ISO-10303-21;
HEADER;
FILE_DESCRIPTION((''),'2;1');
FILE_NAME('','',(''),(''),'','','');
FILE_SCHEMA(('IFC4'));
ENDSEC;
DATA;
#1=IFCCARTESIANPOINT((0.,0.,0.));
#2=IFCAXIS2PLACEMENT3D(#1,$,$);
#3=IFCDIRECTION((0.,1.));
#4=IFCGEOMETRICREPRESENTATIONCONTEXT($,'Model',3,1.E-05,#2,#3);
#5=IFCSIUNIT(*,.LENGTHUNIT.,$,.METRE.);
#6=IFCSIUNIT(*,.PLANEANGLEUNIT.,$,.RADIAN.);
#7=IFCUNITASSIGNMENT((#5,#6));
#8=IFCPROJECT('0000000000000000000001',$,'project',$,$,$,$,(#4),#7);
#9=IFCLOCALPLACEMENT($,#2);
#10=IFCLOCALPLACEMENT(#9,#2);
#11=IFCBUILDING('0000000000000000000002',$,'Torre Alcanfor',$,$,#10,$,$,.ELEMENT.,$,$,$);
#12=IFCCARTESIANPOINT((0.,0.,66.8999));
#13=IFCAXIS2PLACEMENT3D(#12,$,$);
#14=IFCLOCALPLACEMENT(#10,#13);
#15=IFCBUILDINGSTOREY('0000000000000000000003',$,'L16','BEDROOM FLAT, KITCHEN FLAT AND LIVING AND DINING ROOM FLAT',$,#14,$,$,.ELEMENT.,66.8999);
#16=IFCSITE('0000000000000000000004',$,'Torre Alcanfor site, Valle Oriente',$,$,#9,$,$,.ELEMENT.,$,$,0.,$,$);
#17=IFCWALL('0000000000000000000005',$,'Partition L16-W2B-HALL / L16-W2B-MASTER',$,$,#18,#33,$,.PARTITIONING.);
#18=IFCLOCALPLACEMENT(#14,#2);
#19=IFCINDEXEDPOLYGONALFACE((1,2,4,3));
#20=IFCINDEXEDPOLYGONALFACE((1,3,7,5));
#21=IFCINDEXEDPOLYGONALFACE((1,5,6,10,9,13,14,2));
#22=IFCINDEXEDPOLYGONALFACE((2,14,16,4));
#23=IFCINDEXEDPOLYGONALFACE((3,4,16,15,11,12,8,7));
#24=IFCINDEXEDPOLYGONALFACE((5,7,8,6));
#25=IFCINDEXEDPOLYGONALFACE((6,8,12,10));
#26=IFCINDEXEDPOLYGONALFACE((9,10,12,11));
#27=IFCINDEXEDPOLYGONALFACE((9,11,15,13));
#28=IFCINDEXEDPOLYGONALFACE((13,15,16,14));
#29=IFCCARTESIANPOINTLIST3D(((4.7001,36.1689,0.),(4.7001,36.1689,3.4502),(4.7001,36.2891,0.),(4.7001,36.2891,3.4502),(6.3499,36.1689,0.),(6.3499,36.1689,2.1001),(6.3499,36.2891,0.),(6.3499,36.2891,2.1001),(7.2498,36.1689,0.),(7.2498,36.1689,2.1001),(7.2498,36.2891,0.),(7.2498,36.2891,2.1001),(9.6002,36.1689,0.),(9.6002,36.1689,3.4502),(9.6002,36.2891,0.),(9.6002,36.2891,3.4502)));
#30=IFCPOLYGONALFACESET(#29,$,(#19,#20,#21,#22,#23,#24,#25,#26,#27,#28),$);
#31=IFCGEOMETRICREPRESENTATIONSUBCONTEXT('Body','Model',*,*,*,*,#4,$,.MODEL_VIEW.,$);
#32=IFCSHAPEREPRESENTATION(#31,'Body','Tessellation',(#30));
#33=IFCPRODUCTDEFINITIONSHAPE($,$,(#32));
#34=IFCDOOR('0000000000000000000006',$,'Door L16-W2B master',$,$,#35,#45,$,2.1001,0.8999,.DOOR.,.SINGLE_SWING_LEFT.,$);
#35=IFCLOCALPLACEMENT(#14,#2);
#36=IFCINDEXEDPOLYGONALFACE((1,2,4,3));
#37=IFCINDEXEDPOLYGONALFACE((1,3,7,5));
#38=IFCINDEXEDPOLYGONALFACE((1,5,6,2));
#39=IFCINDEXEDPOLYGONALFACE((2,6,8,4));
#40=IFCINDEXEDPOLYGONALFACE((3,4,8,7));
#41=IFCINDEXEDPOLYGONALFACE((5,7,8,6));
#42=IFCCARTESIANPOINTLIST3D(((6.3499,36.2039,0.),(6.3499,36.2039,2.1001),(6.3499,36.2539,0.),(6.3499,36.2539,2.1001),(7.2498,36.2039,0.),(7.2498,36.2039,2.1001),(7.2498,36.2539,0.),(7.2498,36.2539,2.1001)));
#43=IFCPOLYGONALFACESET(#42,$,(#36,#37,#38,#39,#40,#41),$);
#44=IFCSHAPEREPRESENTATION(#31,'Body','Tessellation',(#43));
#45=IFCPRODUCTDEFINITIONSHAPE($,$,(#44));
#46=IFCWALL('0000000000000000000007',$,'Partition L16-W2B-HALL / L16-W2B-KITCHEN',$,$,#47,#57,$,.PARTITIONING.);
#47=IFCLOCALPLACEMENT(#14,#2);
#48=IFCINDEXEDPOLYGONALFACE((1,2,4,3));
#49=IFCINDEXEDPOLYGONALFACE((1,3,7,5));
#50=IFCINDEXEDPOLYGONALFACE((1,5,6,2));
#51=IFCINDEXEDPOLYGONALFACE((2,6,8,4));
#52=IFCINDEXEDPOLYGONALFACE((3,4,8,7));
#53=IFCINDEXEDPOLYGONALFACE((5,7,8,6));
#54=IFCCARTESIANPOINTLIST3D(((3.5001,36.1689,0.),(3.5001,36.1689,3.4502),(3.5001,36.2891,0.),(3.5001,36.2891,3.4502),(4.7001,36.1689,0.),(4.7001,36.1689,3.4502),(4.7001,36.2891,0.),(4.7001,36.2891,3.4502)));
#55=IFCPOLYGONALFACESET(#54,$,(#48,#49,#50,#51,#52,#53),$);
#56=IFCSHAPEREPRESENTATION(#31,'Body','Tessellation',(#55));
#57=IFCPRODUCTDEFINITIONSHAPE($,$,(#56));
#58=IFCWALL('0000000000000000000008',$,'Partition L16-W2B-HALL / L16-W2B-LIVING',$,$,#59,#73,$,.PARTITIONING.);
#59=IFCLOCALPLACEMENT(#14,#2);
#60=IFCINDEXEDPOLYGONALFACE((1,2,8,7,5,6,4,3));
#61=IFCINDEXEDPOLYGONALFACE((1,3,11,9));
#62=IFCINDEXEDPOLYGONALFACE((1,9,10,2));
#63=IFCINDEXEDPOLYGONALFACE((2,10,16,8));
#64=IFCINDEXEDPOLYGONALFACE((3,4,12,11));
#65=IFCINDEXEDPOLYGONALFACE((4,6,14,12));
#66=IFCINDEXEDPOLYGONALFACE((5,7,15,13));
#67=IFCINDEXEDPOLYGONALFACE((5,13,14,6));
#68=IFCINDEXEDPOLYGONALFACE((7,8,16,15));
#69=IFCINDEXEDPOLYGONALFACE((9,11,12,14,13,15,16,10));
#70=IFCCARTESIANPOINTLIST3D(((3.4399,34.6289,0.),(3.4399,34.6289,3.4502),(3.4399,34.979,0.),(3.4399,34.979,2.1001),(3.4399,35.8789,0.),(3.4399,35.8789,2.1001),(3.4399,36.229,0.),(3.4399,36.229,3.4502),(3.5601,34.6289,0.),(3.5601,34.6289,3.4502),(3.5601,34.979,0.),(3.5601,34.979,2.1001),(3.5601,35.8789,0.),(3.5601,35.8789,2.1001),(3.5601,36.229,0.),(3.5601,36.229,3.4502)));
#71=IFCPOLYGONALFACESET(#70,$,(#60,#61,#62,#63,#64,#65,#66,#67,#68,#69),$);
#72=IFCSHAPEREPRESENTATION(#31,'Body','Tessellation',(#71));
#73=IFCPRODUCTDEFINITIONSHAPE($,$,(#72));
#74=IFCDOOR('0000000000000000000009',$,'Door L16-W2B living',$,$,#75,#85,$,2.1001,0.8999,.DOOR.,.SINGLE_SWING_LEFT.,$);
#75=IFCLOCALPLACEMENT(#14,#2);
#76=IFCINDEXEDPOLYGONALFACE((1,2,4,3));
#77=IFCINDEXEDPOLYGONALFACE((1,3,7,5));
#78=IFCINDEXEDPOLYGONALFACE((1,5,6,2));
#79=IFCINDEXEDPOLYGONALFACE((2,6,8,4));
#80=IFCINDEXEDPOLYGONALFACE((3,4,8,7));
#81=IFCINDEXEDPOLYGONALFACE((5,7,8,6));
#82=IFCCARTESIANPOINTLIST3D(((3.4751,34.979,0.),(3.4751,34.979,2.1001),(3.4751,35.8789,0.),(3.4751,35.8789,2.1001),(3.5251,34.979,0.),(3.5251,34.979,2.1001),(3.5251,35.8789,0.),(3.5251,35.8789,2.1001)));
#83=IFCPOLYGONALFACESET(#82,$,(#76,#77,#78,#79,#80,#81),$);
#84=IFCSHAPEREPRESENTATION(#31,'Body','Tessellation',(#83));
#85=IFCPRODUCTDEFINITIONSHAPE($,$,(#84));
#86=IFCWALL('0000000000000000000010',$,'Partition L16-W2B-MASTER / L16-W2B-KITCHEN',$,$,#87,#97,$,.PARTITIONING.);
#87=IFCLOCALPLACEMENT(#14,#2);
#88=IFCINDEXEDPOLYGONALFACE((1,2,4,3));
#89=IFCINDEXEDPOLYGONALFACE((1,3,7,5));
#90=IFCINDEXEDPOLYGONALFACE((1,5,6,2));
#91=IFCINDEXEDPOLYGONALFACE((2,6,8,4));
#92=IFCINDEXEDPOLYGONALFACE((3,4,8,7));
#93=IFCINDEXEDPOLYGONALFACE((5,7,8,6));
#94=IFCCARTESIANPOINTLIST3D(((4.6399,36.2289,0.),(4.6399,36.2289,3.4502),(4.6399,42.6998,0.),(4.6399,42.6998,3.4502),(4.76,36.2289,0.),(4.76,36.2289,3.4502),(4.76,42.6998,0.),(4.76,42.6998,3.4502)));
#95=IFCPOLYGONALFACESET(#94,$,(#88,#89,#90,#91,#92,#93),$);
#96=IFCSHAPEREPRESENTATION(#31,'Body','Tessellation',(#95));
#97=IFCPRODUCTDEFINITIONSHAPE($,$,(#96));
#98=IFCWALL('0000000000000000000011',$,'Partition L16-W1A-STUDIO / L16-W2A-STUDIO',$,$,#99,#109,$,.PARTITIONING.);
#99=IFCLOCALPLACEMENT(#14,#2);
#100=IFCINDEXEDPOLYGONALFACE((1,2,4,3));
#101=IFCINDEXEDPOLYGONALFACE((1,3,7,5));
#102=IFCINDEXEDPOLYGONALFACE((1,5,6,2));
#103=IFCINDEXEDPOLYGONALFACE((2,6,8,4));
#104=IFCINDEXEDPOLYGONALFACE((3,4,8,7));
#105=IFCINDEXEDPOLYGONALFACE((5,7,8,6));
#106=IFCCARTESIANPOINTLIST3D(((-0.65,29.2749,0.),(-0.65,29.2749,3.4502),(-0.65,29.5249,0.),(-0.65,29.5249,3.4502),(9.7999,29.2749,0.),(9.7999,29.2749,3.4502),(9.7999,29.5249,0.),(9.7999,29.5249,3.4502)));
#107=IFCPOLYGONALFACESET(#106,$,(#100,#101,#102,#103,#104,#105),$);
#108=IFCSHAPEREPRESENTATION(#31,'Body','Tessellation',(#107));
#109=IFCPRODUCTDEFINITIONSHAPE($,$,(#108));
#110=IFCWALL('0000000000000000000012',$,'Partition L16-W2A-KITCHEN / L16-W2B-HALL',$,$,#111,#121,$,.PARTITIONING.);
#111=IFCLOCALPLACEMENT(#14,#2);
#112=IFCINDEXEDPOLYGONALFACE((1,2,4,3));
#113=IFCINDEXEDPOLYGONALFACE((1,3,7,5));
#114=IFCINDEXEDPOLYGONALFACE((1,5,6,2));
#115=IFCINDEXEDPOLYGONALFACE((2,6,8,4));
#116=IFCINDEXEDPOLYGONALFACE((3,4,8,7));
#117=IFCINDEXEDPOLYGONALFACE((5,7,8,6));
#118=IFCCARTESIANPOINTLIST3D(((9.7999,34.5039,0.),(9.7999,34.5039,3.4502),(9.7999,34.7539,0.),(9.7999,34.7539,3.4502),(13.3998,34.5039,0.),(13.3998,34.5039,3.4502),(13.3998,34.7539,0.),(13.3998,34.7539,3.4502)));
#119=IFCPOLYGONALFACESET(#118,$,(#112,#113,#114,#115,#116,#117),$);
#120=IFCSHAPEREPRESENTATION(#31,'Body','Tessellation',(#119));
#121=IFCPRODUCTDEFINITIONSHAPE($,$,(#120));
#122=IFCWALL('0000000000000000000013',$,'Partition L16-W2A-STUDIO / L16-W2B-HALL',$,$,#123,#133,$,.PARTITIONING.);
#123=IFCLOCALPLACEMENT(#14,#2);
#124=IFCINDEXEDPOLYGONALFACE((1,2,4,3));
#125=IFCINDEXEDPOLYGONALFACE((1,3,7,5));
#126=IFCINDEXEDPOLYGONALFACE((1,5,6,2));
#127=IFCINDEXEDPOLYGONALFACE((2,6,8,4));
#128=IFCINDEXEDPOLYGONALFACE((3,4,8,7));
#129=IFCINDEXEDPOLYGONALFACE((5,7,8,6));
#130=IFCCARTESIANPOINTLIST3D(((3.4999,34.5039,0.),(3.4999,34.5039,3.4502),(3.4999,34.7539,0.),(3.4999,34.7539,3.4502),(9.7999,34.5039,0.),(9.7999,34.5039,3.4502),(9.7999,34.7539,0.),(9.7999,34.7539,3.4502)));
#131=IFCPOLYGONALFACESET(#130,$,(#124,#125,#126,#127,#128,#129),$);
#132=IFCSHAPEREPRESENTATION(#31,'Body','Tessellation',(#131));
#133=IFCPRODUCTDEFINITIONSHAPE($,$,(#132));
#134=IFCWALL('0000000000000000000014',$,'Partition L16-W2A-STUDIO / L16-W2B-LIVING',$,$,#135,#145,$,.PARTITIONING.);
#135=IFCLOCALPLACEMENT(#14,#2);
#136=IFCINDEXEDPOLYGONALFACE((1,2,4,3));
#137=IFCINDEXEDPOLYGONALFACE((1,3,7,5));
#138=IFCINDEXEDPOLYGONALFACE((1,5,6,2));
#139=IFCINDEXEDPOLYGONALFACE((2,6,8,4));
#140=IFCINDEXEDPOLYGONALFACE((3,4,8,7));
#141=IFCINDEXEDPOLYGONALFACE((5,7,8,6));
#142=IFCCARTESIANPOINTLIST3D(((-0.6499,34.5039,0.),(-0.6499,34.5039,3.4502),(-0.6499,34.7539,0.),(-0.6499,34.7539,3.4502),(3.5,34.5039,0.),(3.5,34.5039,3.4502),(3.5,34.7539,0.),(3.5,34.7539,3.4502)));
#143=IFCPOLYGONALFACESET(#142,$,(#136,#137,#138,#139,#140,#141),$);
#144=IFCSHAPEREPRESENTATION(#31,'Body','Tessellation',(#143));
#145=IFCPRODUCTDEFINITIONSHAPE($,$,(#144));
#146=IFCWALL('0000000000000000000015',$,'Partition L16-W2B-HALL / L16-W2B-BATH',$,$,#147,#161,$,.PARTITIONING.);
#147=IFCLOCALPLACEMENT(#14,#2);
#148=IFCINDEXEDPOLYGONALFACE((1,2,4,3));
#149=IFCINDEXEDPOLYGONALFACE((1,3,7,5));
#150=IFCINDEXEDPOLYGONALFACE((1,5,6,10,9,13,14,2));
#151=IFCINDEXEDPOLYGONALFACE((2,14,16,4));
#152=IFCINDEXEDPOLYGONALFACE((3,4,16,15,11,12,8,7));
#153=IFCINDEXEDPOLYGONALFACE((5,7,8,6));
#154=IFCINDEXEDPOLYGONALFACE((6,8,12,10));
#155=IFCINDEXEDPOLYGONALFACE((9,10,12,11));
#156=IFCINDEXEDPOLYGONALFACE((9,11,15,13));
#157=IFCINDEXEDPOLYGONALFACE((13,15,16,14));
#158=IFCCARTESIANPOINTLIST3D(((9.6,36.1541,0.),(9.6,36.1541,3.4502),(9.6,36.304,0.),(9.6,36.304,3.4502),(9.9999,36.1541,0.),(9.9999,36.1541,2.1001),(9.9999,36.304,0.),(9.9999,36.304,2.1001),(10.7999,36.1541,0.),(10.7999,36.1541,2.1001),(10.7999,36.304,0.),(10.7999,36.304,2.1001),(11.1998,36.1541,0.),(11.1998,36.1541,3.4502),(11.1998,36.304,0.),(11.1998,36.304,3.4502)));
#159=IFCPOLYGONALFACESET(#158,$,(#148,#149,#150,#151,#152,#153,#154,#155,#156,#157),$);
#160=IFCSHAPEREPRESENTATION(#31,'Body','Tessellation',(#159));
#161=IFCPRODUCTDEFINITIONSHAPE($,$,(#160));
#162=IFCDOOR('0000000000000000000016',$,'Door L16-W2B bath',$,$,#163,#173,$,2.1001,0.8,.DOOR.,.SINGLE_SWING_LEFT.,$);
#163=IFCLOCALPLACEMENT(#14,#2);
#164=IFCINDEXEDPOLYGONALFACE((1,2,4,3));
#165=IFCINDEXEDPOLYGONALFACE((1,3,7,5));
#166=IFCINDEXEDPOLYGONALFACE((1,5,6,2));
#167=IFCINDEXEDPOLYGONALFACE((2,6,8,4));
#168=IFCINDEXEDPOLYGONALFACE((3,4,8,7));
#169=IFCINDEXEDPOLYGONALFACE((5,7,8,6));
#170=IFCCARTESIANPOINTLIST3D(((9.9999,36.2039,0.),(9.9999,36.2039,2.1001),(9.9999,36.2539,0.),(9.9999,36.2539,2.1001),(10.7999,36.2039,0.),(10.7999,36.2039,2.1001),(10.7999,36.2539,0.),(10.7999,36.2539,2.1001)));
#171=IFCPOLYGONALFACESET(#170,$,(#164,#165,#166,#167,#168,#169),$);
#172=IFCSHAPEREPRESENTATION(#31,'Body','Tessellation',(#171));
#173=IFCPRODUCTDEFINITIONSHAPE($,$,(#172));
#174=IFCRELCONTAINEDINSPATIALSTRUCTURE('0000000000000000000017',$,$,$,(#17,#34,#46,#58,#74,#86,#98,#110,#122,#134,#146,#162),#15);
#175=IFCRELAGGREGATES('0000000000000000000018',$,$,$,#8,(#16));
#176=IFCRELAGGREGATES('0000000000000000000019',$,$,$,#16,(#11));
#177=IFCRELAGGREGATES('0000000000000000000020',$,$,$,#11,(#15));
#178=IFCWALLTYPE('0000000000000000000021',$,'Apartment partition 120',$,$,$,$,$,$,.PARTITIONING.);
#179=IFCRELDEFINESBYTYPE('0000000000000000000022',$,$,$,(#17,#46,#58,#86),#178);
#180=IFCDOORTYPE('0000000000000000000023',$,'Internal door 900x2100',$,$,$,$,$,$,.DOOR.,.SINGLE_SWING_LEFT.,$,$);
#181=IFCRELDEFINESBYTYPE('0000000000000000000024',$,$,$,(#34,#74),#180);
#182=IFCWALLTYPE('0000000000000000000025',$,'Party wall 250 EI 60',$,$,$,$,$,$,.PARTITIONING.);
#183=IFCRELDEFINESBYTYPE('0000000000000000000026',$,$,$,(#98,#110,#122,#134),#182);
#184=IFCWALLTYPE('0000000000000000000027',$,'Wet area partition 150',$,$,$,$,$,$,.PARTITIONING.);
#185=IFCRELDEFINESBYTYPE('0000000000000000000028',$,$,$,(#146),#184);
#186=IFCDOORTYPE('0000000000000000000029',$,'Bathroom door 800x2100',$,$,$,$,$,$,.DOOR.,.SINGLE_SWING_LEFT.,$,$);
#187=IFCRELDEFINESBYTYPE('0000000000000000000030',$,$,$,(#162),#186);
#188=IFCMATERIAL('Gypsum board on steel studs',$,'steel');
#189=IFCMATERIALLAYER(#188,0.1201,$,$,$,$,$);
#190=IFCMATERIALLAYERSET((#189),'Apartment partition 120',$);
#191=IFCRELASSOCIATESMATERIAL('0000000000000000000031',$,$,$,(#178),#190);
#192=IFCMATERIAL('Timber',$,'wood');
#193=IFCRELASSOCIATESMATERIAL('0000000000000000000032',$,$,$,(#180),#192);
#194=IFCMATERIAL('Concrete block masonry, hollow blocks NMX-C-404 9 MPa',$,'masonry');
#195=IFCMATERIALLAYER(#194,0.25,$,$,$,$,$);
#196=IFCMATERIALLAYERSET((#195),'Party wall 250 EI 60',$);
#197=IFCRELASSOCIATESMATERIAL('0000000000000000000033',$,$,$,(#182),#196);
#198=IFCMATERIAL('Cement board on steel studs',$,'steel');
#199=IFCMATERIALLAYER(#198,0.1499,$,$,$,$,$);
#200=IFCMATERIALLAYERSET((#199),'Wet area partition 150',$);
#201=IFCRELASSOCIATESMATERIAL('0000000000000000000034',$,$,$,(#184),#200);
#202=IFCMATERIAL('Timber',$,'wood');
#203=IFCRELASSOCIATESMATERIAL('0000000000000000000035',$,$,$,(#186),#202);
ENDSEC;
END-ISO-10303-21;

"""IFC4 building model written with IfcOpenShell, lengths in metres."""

from ifc_helpers import new_model, si_unit, direction, frame, frame_2d, origin, place, context, subcontext, project, spatial, rectangle, extrude, material, layer, layer_set, type_object, element, fill, save


model = new_model("IFC4")

# Units and contexts
model_context = context("Model", 3, precision=1e-05, world=origin(), true_north=direction((0.0, 1.0)))
body_context = subcontext(model_context, "Body", "Model", "MODEL_VIEW")
ifc_project = project(units=[si_unit("LENGTHUNIT", "METRE"), si_unit("PLANEANGLEUNIT", "RADIAN")], contexts=[model_context])

# Site, building, storey
site_placement = place(None, origin())
site = spatial("IfcSite", under=ifc_project, at=site_placement, Name="Torre Alcanfor site, Valle Oriente", CompositionType="ELEMENT", RefElevation=0.0)
building_placement = place(site_placement, origin())
building = spatial("IfcBuilding", under=site, at=building_placement, Name="Torre Alcanfor", CompositionType="ELEMENT")
storey_placement = place(building_placement, frame((0.0, 0.0, 66.8999)))
storey = spatial("IfcBuildingStorey", under=building, at=storey_placement, Name="L16", Description="BEDROOM FLAT, KITCHEN FLAT AND LIVING AND DINING ROOM FLAT", CompositionType="ELEMENT", Elevation=66.8999)

# Wall, opening, door
ifc_material_1 = material(Name="Gypsum board on steel studs", Category="steel")
ifc_layer_1 = layer(ifc_material_1, 0.1201)
ifc_layer_set_1 = layer_set([ifc_layer_1], Name="Apartment partition 120")
wall_type_1 = type_object("IfcWallType", Name="Apartment partition 120", PredefinedType="PARTITIONING", material=ifc_layer_set_1)
ifc_material_2 = material(Name="Timber", Category="wood")
door_type_1 = type_object("IfcDoorType", Name="Internal door 900x2100", OperationType="SINGLE_SWING_LEFT", PredefinedType="DOOR", material=ifc_material_2)
wall_1_placement = place(storey_placement, frame((4.7, 36.229, 0.0), z_axis=(0.0, 0.0, 1.0), x_axis=(1.0, 0.0, 0.0)))
wall_1 = element("IfcWall", 1, at=wall_1_placement, inside=storey, type_object=wall_type_1, Name="Partition L16-W2B-HALL / L16-W2B-MASTER", PredefinedType="PARTITIONING", context=body_context, shape_type="SweptSolid", body=[
    extrude(rectangle(XDim=4.9001, YDim=0.1201, at=frame_2d((2.4502, 0.0))), origin(), (0.0, 0.0, 1.0), 3.4502),
])
opening_1_placement = place(wall_1_placement, frame((1.6499, 0.0, 0.0)))
opening_1 = element("IfcOpeningElement", 2, at=opening_1_placement, cuts=wall_1, PredefinedType="OPENING", context=body_context, shape_type="SweptSolid", body=[
    extrude(rectangle(XDim=0.8999, YDim=2.1001, at=frame_2d((0.45, 1.05))), frame((0.0, 0.0701, 0.0), z_axis=(0.0, -1.0, 0.0), x_axis=(1.0, 0.0, 0.0)), (0.0, 0.0, 1.0), 0.1401),
])
door_1_placement = place(opening_1_placement, origin())
door_1 = element("IfcDoor", 3, at=door_1_placement, inside=storey, type_object=door_type_1, Name="Door L16-W2B master", OperationType="SINGLE_SWING_LEFT", OverallHeight=2.1001, OverallWidth=0.8999, PredefinedType="DOOR", context=body_context, shape_type="SweptSolid", body=[
    extrude(rectangle(XDim=0.8999, YDim=2.1001, at=frame_2d((0.45, 1.05))), frame((0.0, 0.0249, 0.0), z_axis=(0.0, -1.0, 0.0), x_axis=(1.0, 0.0, 0.0)), (0.0, 0.0, 1.0), 0.05),
])
fill(opening_1, door_1)

# Wall
wall_2_placement = place(storey_placement, frame((3.5, 36.229, 0.0), z_axis=(0.0, 0.0, 1.0), x_axis=(1.0, 0.0, 0.0)))
element("IfcWall", 4, at=wall_2_placement, inside=storey, type_object=wall_type_1, Name="Partition L16-W2B-HALL / L16-W2B-KITCHEN", PredefinedType="PARTITIONING", context=body_context, shape_type="SweptSolid", body=[
    extrude(rectangle(XDim=1.2, YDim=0.1201, at=frame_2d((0.6001, 0.0))), origin(), (0.0, 0.0, 1.0), 3.4502),
])

# Wall, opening, door
wall_3_placement = place(storey_placement, frame((3.5, 34.6289, 0.0), z_axis=(0.0, 0.0, 1.0), x_axis=(0.0, 1.0, 0.0)))
wall_3 = element("IfcWall", 5, at=wall_3_placement, inside=storey, type_object=wall_type_1, Name="Partition L16-W2B-HALL / L16-W2B-LIVING", PredefinedType="PARTITIONING", context=body_context, shape_type="SweptSolid", body=[
    extrude(rectangle(XDim=1.6001, YDim=0.1201, at=frame_2d((0.8, 0.0))), origin(), (0.0, 0.0, 1.0), 3.4502),
])
opening_2_placement = place(wall_3_placement, frame((0.3501, 0.0, 0.0)))
opening_2 = element("IfcOpeningElement", 6, at=opening_2_placement, cuts=wall_3, PredefinedType="OPENING", context=body_context, shape_type="SweptSolid", body=[
    extrude(rectangle(XDim=0.8999, YDim=2.1001, at=frame_2d((0.45, 1.05))), frame((0.0, 0.0701, 0.0), z_axis=(0.0, -1.0, 0.0), x_axis=(1.0, 0.0, 0.0)), (0.0, 0.0, 1.0), 0.1401),
])
door_2_placement = place(opening_2_placement, origin())
door_2 = element("IfcDoor", 7, at=door_2_placement, inside=storey, type_object=door_type_1, Name="Door L16-W2B living", OperationType="SINGLE_SWING_LEFT", OverallHeight=2.1001, OverallWidth=0.8999, PredefinedType="DOOR", context=body_context, shape_type="SweptSolid", body=[
    extrude(rectangle(XDim=0.8999, YDim=2.1001, at=frame_2d((0.45, 1.05))), frame((0.0, 0.0249, 0.0), z_axis=(0.0, -1.0, 0.0), x_axis=(1.0, 0.0, 0.0)), (0.0, 0.0, 1.0), 0.05),
])
fill(opening_2, door_2)

# Walls
wall_4_placement = place(storey_placement, frame((4.7, 36.229, 0.0), z_axis=(0.0, 0.0, 1.0), x_axis=(0.0, 1.0, 0.0)))
element("IfcWall", 8, at=wall_4_placement, inside=storey, type_object=wall_type_1, Name="Partition L16-W2B-MASTER / L16-W2B-KITCHEN", PredefinedType="PARTITIONING", context=body_context, shape_type="SweptSolid", body=[
    extrude(rectangle(XDim=6.4709, YDim=0.1201, at=frame_2d((3.2354, 0.0))), origin(), (0.0, 0.0, 1.0), 3.4502),
])
ifc_material_3 = material(Name="Concrete block masonry, hollow blocks NMX-C-404 9 MPa", Category="masonry")
ifc_layer_2 = layer(ifc_material_3, 0.25)
ifc_layer_set_2 = layer_set([ifc_layer_2], Name="Party wall 250 EI 60")
wall_type_2 = type_object("IfcWallType", Name="Party wall 250 EI 60", PredefinedType="PARTITIONING", material=ifc_layer_set_2)
wall_5_placement = place(storey_placement, frame((9.8, 29.3999, 0.0), z_axis=(0.0, 0.0, 1.0), x_axis=(-1.0, 0.0, 0.0)))
element("IfcWall", 9, at=wall_5_placement, inside=storey, type_object=wall_type_2, Name="Partition L16-W1A-STUDIO / L16-W2A-STUDIO", PredefinedType="PARTITIONING", context=body_context, shape_type="SweptSolid", body=[
    extrude(rectangle(XDim=10.45, YDim=0.25, at=frame_2d((5.2251, 0.0))), origin(), (0.0, 0.0, 1.0), 3.4502),
])
wall_6_placement = place(storey_placement, frame((9.8, 34.6289, 0.0), z_axis=(0.0, 0.0, 1.0), x_axis=(1.0, 0.0, 0.0)))
element("IfcWall", 10, at=wall_6_placement, inside=storey, type_object=wall_type_2, Name="Partition L16-W2A-KITCHEN / L16-W2B-HALL", PredefinedType="PARTITIONING", context=body_context, shape_type="SweptSolid", body=[
    extrude(rectangle(XDim=3.5999, YDim=0.25, at=frame_2d((1.7998, 0.0))), origin(), (0.0, 0.0, 1.0), 3.4502),
])
wall_7_placement = place(storey_placement, frame((3.5, 34.6289, 0.0), z_axis=(0.0, 0.0, 1.0), x_axis=(1.0, 0.0, 0.0)))
element("IfcWall", 11, at=wall_7_placement, inside=storey, type_object=wall_type_2, Name="Partition L16-W2A-STUDIO / L16-W2B-HALL", PredefinedType="PARTITIONING", context=body_context, shape_type="SweptSolid", body=[
    extrude(rectangle(XDim=6.3, YDim=0.25, at=frame_2d((3.1499, 0.0))), origin(), (0.0, 0.0, 1.0), 3.4502),
])
wall_8_placement = place(storey_placement, frame((-0.6499, 34.6289, 0.0), z_axis=(0.0, 0.0, 1.0), x_axis=(1.0, 0.0, 0.0)))
element("IfcWall", 12, at=wall_8_placement, inside=storey, type_object=wall_type_2, Name="Partition L16-W2A-STUDIO / L16-W2B-LIVING", PredefinedType="PARTITIONING", context=body_context, shape_type="SweptSolid", body=[
    extrude(rectangle(XDim=4.1499, YDim=0.25, at=frame_2d((2.075, 0.0))), origin(), (0.0, 0.0, 1.0), 3.4502),
])

# Wall, opening, door
ifc_material_4 = material(Name="Cement board on steel studs", Category="steel")
ifc_layer_3 = layer(ifc_material_4, 0.1499)
ifc_layer_set_3 = layer_set([ifc_layer_3], Name="Wet area partition 150")
wall_type_3 = type_object("IfcWallType", Name="Wet area partition 150", PredefinedType="PARTITIONING", material=ifc_layer_set_3)
wall_9_placement = place(storey_placement, frame((9.6001, 36.229, 0.0), z_axis=(0.0, 0.0, 1.0), x_axis=(1.0, 0.0, 0.0)))
wall_9 = element("IfcWall", 13, at=wall_9_placement, inside=storey, type_object=wall_type_3, Name="Partition L16-W2B-HALL / L16-W2B-BATH", PredefinedType="PARTITIONING", context=body_context, shape_type="SweptSolid", body=[
    extrude(rectangle(XDim=1.5999, YDim=0.1499, at=frame_2d((0.7998, 0.0))), origin(), (0.0, 0.0, 1.0), 3.4502),
])
opening_3_placement = place(wall_9_placement, frame((0.3999, 0.0, 0.0)))
opening_3 = element("IfcOpeningElement", 14, at=opening_3_placement, cuts=wall_9, PredefinedType="OPENING", context=body_context, shape_type="SweptSolid", body=[
    extrude(rectangle(XDim=0.8, YDim=2.1001, at=frame_2d((0.3999, 1.05))), frame((0.0, 0.085, 0.0), z_axis=(0.0, -1.0, 0.0), x_axis=(1.0, 0.0, 0.0)), (0.0, 0.0, 1.0), 0.1699),
])
ifc_material_5 = material(Name="Timber", Category="wood")
door_type_2 = type_object("IfcDoorType", Name="Bathroom door 800x2100", OperationType="SINGLE_SWING_LEFT", PredefinedType="DOOR", material=ifc_material_5)
door_3_placement = place(opening_3_placement, origin())
door_3 = element("IfcDoor", 15, at=door_3_placement, inside=storey, type_object=door_type_2, Name="Door L16-W2B bath", OperationType="SINGLE_SWING_LEFT", OverallHeight=2.1001, OverallWidth=0.8, PredefinedType="DOOR", context=body_context, shape_type="SweptSolid", body=[
    extrude(rectangle(XDim=0.8, YDim=2.1001, at=frame_2d((0.3999, 1.05))), frame((0.0, 0.0249, 0.0), z_axis=(0.0, -1.0, 0.0), x_axis=(1.0, 0.0, 0.0)), (0.0, 0.0, 1.0), 0.05),
])
fill(opening_3, door_3)

save(model, "model.ifc")
